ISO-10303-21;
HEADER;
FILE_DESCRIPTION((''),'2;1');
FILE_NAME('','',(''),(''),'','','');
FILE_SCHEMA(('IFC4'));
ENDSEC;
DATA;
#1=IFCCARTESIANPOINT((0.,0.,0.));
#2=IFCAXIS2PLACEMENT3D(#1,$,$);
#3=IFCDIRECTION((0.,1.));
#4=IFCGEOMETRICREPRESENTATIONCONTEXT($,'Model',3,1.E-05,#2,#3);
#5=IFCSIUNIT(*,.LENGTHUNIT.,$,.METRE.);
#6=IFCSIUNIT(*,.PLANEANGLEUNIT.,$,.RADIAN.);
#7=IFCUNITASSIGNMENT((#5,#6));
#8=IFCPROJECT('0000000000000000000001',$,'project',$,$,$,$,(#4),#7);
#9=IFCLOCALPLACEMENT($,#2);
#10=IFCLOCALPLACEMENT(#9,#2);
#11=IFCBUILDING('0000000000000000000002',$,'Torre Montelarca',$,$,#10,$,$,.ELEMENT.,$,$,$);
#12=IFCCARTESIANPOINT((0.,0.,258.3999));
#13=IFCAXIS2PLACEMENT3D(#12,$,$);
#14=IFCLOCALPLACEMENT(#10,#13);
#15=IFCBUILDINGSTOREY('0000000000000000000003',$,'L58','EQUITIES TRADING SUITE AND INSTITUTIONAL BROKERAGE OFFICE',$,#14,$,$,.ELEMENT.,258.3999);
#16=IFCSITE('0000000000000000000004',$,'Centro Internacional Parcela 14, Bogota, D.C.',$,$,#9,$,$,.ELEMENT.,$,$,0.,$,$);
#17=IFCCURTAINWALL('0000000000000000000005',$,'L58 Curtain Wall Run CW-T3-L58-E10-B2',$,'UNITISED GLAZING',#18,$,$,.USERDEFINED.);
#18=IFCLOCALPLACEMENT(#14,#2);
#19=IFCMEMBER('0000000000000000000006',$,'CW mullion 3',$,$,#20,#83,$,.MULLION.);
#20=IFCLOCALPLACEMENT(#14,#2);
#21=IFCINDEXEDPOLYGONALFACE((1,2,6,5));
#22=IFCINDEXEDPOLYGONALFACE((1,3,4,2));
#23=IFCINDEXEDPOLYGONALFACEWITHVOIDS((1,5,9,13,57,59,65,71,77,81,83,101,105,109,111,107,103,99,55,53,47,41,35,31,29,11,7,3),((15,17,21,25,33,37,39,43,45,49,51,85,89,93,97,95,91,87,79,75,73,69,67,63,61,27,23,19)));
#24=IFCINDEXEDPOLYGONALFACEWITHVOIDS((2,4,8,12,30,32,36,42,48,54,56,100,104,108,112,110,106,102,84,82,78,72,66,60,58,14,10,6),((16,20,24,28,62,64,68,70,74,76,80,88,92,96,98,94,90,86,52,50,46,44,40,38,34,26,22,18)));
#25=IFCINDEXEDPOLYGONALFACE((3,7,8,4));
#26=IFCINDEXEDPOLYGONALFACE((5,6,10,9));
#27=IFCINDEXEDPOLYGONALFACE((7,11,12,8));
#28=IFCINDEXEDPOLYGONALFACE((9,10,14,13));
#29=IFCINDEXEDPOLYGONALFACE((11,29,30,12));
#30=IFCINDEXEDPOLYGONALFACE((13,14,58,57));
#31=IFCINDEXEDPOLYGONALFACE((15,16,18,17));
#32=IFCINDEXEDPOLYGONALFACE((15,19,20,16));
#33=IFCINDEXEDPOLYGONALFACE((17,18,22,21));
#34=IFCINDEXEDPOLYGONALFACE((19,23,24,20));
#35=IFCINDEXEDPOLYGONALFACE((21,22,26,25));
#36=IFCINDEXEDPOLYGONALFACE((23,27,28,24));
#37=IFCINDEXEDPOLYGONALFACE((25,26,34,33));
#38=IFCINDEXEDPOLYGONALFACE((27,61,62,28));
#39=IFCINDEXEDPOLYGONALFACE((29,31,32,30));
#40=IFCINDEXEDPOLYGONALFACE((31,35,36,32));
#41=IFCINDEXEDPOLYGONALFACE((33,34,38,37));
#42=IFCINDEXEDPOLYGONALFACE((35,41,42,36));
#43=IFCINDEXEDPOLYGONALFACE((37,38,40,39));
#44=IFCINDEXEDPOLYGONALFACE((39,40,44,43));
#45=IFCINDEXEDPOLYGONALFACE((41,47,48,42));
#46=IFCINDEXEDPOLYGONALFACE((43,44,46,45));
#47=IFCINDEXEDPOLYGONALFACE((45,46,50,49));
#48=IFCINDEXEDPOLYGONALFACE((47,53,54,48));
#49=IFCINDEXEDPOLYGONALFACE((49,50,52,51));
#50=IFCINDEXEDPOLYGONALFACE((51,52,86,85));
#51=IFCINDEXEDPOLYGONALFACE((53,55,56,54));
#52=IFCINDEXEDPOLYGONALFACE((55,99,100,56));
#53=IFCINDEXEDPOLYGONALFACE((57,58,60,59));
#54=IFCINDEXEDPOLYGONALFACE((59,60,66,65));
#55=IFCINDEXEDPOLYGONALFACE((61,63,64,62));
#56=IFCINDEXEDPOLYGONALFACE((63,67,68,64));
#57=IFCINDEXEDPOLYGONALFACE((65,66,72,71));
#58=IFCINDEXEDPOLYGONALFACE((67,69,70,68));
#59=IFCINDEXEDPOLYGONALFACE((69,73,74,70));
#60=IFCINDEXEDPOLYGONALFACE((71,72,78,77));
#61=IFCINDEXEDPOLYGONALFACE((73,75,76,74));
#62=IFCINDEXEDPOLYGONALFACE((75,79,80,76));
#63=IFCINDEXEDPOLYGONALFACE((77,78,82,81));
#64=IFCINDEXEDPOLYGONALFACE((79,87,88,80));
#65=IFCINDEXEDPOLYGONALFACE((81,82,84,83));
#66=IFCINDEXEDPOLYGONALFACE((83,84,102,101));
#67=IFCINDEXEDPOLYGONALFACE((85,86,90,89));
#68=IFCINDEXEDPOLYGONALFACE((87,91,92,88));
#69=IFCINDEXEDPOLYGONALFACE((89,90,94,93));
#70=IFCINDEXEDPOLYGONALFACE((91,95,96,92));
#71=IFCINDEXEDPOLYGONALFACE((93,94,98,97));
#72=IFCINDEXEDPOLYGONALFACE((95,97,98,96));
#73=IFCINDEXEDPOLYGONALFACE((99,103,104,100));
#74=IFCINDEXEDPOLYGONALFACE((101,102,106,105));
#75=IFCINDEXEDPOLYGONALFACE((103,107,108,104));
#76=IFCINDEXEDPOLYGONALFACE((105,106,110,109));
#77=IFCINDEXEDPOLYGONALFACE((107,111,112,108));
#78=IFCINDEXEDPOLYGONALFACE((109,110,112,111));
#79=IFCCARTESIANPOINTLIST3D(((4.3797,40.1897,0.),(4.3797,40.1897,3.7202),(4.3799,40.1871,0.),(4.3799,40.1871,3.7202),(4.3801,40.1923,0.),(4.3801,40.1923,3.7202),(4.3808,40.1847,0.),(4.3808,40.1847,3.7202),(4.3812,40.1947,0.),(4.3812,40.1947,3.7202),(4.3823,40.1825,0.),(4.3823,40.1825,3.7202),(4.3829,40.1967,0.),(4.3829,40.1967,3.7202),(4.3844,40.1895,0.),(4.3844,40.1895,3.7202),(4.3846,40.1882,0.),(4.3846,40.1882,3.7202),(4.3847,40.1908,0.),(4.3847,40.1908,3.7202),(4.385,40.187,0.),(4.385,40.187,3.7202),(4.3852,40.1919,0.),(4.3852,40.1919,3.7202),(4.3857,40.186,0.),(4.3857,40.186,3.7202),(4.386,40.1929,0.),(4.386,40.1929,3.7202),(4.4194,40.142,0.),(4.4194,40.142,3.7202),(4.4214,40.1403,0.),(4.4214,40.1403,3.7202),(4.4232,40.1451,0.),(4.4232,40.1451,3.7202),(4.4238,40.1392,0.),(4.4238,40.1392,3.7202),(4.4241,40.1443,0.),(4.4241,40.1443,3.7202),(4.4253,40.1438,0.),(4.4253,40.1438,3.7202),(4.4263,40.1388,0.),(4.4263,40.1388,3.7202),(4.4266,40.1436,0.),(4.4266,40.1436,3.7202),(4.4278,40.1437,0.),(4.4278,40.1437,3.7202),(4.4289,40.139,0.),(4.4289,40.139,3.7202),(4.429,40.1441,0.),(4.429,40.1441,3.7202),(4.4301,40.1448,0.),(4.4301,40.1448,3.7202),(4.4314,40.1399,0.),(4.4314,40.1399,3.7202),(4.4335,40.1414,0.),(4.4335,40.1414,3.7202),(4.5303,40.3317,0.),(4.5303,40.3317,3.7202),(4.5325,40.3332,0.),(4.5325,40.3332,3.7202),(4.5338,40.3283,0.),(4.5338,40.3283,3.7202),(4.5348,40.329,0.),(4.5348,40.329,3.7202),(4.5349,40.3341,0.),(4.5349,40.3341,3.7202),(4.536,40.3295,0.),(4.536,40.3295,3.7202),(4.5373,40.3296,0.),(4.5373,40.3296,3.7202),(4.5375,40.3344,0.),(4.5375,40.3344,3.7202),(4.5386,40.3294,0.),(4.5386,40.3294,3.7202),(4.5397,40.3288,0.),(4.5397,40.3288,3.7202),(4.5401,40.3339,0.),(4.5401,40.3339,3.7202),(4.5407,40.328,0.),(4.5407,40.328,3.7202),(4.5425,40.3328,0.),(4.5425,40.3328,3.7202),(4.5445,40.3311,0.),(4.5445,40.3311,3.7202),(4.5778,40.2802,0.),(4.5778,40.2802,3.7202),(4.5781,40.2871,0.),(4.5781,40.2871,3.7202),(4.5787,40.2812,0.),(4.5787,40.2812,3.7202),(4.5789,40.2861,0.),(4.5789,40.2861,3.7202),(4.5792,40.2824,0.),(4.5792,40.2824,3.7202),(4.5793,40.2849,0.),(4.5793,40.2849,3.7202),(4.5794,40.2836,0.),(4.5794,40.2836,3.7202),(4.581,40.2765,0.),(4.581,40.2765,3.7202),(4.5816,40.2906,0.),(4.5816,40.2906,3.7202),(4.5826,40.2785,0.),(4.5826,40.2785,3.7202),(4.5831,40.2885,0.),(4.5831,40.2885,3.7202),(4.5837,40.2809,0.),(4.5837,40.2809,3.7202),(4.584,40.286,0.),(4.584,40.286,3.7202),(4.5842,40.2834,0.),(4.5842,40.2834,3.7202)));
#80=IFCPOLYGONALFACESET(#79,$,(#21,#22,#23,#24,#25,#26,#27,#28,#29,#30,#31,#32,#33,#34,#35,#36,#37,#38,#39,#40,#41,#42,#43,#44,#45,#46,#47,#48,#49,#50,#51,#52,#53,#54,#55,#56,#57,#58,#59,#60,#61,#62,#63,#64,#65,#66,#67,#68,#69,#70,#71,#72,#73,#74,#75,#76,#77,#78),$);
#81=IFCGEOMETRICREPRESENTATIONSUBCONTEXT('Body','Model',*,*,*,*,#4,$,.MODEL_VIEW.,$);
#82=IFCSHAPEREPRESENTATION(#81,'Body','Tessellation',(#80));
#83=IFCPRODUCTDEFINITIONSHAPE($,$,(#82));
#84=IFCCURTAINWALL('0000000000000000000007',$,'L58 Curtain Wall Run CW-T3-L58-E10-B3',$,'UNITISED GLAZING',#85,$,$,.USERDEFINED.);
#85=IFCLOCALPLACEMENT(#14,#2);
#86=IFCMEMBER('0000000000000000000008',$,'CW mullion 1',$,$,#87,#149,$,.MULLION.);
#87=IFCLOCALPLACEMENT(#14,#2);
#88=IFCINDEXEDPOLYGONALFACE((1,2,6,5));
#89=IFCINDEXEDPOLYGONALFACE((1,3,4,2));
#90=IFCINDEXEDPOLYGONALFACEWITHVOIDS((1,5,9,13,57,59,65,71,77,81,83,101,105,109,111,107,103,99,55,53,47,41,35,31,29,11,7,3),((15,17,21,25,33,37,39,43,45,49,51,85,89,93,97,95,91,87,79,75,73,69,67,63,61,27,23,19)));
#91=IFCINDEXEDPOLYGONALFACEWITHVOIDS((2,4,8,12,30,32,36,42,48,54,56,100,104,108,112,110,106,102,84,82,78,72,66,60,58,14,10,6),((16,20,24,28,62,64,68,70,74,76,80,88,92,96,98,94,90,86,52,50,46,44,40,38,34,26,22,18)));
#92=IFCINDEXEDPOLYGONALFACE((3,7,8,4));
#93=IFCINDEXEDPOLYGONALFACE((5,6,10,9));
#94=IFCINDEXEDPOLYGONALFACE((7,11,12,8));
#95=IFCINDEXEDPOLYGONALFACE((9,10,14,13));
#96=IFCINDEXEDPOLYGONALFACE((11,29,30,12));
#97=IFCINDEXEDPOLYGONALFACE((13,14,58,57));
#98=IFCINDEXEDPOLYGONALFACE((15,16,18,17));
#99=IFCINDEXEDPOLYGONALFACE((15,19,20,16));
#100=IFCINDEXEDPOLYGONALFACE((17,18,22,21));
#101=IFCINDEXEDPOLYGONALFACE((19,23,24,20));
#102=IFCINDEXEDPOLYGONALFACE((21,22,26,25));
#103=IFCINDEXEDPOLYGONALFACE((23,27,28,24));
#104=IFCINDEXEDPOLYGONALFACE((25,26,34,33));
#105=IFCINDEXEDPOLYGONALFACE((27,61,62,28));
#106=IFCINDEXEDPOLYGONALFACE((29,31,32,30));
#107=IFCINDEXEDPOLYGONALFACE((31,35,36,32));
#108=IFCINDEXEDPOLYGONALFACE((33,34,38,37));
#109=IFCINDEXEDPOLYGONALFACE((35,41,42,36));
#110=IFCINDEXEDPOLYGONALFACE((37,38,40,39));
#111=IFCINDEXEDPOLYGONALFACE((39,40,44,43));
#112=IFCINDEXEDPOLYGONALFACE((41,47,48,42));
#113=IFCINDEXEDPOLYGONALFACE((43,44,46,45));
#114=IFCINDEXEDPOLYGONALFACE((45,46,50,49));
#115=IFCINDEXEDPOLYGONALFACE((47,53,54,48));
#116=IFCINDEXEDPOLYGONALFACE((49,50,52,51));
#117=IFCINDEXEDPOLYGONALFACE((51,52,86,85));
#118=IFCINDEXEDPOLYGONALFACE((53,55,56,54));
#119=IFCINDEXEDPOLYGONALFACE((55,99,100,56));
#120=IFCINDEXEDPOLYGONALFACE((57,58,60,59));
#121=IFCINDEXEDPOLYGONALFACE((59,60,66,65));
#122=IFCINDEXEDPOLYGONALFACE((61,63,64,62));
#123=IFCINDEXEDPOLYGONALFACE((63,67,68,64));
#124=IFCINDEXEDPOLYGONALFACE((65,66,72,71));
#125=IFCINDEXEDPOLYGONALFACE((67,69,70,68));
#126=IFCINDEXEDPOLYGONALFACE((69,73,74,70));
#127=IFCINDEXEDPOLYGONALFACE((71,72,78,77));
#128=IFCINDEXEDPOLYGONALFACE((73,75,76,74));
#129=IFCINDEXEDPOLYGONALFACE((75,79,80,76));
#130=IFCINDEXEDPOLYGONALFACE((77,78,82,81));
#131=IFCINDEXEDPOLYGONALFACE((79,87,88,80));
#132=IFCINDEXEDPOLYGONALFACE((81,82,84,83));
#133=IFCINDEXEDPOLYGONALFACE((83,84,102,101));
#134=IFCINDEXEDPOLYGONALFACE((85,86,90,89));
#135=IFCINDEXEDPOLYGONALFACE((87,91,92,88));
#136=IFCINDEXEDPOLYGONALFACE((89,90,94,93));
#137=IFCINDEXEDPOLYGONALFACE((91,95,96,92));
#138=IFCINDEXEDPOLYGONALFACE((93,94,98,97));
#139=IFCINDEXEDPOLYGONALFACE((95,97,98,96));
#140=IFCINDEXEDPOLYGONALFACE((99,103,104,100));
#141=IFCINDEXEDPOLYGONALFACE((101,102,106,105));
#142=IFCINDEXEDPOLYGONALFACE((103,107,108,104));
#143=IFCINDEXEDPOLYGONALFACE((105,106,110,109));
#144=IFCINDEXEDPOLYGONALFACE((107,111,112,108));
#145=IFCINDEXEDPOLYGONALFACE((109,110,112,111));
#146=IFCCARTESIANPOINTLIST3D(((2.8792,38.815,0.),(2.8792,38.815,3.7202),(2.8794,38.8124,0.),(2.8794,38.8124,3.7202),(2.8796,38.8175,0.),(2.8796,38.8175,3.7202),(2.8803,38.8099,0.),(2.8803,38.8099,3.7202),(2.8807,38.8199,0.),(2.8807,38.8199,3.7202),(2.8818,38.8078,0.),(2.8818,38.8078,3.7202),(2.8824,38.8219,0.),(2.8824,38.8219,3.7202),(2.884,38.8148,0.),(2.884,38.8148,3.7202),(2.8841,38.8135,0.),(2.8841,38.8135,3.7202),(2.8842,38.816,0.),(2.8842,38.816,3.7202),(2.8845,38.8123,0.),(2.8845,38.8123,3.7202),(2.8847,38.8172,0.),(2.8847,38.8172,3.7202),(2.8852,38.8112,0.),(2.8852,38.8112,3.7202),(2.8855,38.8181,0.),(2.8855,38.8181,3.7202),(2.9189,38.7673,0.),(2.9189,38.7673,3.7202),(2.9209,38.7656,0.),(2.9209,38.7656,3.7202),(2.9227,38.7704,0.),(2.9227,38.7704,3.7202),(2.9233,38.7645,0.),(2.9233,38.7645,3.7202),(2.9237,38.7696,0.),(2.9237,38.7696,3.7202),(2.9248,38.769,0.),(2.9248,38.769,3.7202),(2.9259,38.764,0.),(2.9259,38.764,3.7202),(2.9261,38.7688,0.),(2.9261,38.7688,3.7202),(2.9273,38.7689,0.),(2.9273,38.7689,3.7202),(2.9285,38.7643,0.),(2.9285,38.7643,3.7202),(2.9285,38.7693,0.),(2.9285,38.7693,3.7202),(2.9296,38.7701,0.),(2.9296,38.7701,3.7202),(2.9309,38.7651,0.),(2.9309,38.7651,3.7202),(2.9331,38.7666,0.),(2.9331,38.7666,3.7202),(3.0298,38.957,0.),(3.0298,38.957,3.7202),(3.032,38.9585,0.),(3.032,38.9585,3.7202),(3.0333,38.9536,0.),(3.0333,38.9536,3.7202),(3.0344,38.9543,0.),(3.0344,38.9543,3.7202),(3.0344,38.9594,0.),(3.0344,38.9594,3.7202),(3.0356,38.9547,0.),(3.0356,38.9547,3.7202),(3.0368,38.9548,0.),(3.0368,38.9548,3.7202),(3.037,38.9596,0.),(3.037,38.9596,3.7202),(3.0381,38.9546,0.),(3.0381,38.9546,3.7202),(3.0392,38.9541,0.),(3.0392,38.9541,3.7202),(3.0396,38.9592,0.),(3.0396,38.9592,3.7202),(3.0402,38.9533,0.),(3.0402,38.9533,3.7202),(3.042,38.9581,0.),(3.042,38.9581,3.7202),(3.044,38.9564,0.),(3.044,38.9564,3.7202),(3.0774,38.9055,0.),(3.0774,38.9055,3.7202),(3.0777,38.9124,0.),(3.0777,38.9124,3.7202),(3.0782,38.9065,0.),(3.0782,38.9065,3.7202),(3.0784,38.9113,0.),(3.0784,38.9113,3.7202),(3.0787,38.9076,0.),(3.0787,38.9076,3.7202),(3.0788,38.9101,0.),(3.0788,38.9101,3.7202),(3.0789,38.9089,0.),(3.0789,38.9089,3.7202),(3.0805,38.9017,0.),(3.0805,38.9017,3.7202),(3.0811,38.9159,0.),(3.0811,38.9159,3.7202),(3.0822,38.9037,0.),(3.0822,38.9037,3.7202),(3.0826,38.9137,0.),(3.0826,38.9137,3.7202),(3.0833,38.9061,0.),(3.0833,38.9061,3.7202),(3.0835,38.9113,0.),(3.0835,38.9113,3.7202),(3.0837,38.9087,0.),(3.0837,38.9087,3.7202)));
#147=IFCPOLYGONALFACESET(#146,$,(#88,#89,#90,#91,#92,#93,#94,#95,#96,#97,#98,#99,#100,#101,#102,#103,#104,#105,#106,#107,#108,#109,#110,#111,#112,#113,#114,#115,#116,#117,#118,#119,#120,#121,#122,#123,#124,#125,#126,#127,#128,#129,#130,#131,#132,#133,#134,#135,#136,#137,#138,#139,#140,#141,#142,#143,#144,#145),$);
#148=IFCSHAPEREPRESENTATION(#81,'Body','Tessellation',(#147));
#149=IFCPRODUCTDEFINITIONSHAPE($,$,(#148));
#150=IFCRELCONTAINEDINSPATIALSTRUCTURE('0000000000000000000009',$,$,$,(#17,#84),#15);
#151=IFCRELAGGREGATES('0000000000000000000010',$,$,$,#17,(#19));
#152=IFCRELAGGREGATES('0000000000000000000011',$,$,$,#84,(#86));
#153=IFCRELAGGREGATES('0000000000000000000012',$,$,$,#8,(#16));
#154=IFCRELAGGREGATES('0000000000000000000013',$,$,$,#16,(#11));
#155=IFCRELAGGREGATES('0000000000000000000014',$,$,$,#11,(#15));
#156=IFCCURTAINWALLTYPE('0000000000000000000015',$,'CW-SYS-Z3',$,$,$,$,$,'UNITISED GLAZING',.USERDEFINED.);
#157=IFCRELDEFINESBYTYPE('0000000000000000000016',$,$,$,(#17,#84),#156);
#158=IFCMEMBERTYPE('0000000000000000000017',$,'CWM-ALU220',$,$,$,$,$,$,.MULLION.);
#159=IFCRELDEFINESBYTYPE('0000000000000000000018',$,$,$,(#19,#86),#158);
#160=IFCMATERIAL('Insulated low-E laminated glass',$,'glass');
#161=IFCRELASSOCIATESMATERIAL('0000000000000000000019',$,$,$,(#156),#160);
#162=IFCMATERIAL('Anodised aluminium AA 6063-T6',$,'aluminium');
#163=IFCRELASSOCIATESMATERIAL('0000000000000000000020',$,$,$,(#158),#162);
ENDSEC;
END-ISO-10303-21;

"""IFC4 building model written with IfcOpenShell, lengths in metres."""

from ifc_helpers import new_model, si_unit, direction, frame, origin, origin_2d, place, context, subcontext, project, spatial, hollow_rectangle, extrude, source, transform, mapped, material, material_profile, profile_set, type_object, element, aggregate, save


model = new_model("IFC4")

# Units and contexts
model_context = context("Model", 3, precision=1e-05, world=origin(), true_north=direction((0.0, 1.0)))
body_context = subcontext(model_context, "Body", "Model", "MODEL_VIEW")
ifc_project = project(units=[si_unit("LENGTHUNIT", "METRE"), si_unit("PLANEANGLEUNIT", "RADIAN")], contexts=[model_context])

# Site, building, storey
site_placement = place(None, origin())
site = spatial("IfcSite", under=ifc_project, at=site_placement, Name="Centro Internacional Parcela 14, Bogota, D.C.", CompositionType="ELEMENT", RefElevation=0.0)
building_placement = place(site_placement, origin())
building = spatial("IfcBuilding", under=site, at=building_placement, Name="Torre Montelarca", CompositionType="ELEMENT")
storey_placement = place(building_placement, frame((0.0, 0.0, 258.3999)))
storey = spatial("IfcBuildingStorey", under=building, at=storey_placement, Name="L58", Description="EQUITIES TRADING SUITE AND INSTITUTIONAL BROKERAGE OFFICE", CompositionType="ELEMENT", Elevation=258.3999)

# Shared definitions
ifc_material_1 = material(Name="Insulated low-E laminated glass", Category="glass")
curtain_wall_type = type_object("IfcCurtainWallType", Name="CW-SYS-Z3", ElementType="UNITISED GLAZING", PredefinedType="USERDEFINED", material=ifc_material_1)
ifc_material_2 = material(Name="Anodised aluminium AA 6063-T6", Category="aluminium")
ifc_material_profile_1 = material_profile(ifc_material_2, hollow_rectangle(XDim=0.075, YDim=0.22, WallThickness=0.0049, InnerFilletRadius=0.0049, OuterFilletRadius=0.01, at=origin_2d()), Name="ALU75X220X5", Category="aluminium")
ifc_profile_set_1 = profile_set([ifc_material_profile_1], Name="Anodised aluminium AA 6063-T6")
member_type_1 = type_object("IfcMemberType", Name="CWM-ALU220", PredefinedType="MULLION", material=ifc_profile_set_1)
shared_shape_1 = source(origin(), body_context, "Body", "SweptSolid", [
    extrude(hollow_rectangle(XDim=0.075, YDim=0.22, WallThickness=0.0049, InnerFilletRadius=0.0049, OuterFilletRadius=0.01, at=origin_2d()), origin(), (0.0, 0.0, 1.0), 3.7202),
])

# Curtain walls, members
curtain_wall_1_placement = place(storey_placement, origin())
curtain_wall_1 = element("IfcCurtainWall", 1, at=curtain_wall_1_placement, inside=storey, type_object=curtain_wall_type, Name="L58 Curtain Wall Run CW-T3-L58-E10-B2", ObjectType="UNITISED GLAZING", PredefinedType="USERDEFINED")
member_1_placement = place(storey_placement, frame((4.4819, 40.2366, 0.0), z_axis=(0.0, 0.0, 1.0), x_axis=(0.675591, -0.737277, 0.0)))
member_1 = element("IfcMember", 2, at=member_1_placement, type_object=member_type_1, Name="CW mullion 3", PredefinedType="MULLION", context=body_context, shape_type="MappedRepresentation", body=[
    mapped(shared_shape_1, transform((0.0, 0.0, 0.0), scale=1.0)),
])
curtain_wall_2_placement = place(storey_placement, origin())
curtain_wall_2 = element("IfcCurtainWall", 3, at=curtain_wall_2_placement, inside=storey, type_object=curtain_wall_type, Name="L58 Curtain Wall Run CW-T3-L58-E10-B3", ObjectType="UNITISED GLAZING", PredefinedType="USERDEFINED")
member_2_placement = place(storey_placement, frame((2.9814, 38.8618, 0.0), z_axis=(0.0, 0.0, 1.0), x_axis=(0.675583, -0.737284, 0.0)))
member_2 = element("IfcMember", 4, at=member_2_placement, type_object=member_type_1, Name="CW mullion 1", PredefinedType="MULLION", context=body_context, shape_type="MappedRepresentation", body=[
    mapped(shared_shape_1, transform((0.0, 0.0, 0.0), scale=1.0)),
])

aggregate(curtain_wall_1, [member_1])
aggregate(curtain_wall_2, [member_2])

save(model, "model.ifc")
